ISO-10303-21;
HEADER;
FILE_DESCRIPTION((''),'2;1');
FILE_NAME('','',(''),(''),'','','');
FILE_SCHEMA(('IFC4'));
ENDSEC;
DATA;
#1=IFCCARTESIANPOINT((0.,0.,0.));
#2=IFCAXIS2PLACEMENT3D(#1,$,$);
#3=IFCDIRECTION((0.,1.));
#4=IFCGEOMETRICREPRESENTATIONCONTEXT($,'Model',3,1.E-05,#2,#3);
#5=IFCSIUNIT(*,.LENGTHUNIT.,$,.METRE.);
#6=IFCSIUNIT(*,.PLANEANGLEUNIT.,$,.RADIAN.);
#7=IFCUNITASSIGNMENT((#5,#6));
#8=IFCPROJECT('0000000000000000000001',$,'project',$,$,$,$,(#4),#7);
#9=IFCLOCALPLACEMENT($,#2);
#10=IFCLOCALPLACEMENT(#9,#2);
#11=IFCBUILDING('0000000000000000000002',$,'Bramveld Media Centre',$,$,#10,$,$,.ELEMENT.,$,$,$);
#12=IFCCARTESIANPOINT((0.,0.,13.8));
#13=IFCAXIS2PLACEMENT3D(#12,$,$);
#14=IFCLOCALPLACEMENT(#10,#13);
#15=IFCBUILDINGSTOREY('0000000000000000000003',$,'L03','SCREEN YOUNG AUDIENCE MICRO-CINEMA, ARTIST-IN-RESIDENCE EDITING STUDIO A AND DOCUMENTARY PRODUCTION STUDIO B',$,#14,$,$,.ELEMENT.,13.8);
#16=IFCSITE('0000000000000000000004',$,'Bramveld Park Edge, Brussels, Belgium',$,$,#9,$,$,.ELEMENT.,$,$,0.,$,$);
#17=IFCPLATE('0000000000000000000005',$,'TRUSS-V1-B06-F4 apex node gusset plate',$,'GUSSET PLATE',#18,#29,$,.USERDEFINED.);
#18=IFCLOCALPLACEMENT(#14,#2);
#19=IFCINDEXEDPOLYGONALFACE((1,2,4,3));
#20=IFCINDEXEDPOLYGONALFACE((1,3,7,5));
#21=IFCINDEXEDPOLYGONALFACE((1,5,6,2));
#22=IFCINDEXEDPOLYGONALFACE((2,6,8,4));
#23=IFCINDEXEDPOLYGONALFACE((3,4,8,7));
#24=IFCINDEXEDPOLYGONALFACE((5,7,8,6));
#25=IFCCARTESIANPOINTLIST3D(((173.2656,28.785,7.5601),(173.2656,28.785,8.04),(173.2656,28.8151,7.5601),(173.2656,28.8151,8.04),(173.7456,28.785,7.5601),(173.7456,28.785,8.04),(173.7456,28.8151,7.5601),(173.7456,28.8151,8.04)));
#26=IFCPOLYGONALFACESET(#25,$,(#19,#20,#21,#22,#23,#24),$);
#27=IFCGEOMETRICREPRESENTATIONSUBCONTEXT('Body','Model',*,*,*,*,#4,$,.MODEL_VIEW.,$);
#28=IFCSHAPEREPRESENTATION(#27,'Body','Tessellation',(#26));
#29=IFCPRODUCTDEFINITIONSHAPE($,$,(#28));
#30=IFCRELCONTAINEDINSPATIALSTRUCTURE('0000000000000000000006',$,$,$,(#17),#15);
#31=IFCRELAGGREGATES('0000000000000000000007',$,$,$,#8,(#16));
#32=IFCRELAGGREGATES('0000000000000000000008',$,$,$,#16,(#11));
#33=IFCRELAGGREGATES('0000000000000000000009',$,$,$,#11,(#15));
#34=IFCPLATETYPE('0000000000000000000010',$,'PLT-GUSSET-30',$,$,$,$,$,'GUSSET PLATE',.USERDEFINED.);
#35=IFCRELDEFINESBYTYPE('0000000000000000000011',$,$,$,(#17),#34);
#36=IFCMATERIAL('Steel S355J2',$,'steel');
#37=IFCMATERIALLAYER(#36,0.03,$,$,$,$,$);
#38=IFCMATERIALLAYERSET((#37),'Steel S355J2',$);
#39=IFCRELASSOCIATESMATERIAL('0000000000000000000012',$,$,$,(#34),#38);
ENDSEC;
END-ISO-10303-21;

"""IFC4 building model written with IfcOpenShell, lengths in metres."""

from ifc_helpers import new_model, si_unit, direction, frame, origin, origin_2d, place, context, subcontext, project, spatial, rectangle, extrude, material, layer, layer_set, type_object, element, save


model = new_model("IFC4")

# Units and contexts
model_context = context("Model", 3, precision=1e-05, world=origin(), true_north=direction((0.0, 1.0)))
body_context = subcontext(model_context, "Body", "Model", "MODEL_VIEW")
ifc_project = project(units=[si_unit("LENGTHUNIT", "METRE"), si_unit("PLANEANGLEUNIT", "RADIAN")], contexts=[model_context])

# Site, building, storey
site_placement = place(None, origin())
site = spatial("IfcSite", under=ifc_project, at=site_placement, Name="Bramveld Park Edge, Brussels, Belgium", CompositionType="ELEMENT", RefElevation=0.0)
building_placement = place(site_placement, origin())
building = spatial("IfcBuilding", under=site, at=building_placement, Name="Bramveld Media Centre", CompositionType="ELEMENT")
storey_placement = place(building_placement, frame((0.0, 0.0, 13.8)))
storey = spatial("IfcBuildingStorey", under=building, at=storey_placement, Name="L03", Description="SCREEN YOUNG AUDIENCE MICRO-CINEMA, ARTIST-IN-RESIDENCE EDITING STUDIO A AND DOCUMENTARY PRODUCTION STUDIO B", CompositionType="ELEMENT", Elevation=13.8)

# Plate
ifc_material_1 = material(Name="Steel S355J2", Category="steel")
ifc_layer_1 = layer(ifc_material_1, 0.03)
ifc_layer_set_1 = layer_set([ifc_layer_1], Name="Steel S355J2")
plate_type_1 = type_object("IfcPlateType", Name="PLT-GUSSET-30", ElementType="GUSSET PLATE", PredefinedType="USERDEFINED", material=ifc_layer_set_1)
plate_1_placement = place(storey_placement, frame((173.5056, 28.8, 7.5601), z_axis=(0.0, 0.0, 1.0), x_axis=(1.0, 0.0, 0.0)))
element("IfcPlate", 1, at=plate_1_placement, inside=storey, type_object=plate_type_1, Name="TRUSS-V1-B06-F4 apex node gusset plate", ObjectType="GUSSET PLATE", PredefinedType="USERDEFINED", context=body_context, shape_type="SweptSolid", body=[
    extrude(rectangle(XDim=0.48, YDim=0.03, at=origin_2d()), origin(), (0.0, 0.0, 1.0), 0.48),
])

save(model, "model.ifc")
